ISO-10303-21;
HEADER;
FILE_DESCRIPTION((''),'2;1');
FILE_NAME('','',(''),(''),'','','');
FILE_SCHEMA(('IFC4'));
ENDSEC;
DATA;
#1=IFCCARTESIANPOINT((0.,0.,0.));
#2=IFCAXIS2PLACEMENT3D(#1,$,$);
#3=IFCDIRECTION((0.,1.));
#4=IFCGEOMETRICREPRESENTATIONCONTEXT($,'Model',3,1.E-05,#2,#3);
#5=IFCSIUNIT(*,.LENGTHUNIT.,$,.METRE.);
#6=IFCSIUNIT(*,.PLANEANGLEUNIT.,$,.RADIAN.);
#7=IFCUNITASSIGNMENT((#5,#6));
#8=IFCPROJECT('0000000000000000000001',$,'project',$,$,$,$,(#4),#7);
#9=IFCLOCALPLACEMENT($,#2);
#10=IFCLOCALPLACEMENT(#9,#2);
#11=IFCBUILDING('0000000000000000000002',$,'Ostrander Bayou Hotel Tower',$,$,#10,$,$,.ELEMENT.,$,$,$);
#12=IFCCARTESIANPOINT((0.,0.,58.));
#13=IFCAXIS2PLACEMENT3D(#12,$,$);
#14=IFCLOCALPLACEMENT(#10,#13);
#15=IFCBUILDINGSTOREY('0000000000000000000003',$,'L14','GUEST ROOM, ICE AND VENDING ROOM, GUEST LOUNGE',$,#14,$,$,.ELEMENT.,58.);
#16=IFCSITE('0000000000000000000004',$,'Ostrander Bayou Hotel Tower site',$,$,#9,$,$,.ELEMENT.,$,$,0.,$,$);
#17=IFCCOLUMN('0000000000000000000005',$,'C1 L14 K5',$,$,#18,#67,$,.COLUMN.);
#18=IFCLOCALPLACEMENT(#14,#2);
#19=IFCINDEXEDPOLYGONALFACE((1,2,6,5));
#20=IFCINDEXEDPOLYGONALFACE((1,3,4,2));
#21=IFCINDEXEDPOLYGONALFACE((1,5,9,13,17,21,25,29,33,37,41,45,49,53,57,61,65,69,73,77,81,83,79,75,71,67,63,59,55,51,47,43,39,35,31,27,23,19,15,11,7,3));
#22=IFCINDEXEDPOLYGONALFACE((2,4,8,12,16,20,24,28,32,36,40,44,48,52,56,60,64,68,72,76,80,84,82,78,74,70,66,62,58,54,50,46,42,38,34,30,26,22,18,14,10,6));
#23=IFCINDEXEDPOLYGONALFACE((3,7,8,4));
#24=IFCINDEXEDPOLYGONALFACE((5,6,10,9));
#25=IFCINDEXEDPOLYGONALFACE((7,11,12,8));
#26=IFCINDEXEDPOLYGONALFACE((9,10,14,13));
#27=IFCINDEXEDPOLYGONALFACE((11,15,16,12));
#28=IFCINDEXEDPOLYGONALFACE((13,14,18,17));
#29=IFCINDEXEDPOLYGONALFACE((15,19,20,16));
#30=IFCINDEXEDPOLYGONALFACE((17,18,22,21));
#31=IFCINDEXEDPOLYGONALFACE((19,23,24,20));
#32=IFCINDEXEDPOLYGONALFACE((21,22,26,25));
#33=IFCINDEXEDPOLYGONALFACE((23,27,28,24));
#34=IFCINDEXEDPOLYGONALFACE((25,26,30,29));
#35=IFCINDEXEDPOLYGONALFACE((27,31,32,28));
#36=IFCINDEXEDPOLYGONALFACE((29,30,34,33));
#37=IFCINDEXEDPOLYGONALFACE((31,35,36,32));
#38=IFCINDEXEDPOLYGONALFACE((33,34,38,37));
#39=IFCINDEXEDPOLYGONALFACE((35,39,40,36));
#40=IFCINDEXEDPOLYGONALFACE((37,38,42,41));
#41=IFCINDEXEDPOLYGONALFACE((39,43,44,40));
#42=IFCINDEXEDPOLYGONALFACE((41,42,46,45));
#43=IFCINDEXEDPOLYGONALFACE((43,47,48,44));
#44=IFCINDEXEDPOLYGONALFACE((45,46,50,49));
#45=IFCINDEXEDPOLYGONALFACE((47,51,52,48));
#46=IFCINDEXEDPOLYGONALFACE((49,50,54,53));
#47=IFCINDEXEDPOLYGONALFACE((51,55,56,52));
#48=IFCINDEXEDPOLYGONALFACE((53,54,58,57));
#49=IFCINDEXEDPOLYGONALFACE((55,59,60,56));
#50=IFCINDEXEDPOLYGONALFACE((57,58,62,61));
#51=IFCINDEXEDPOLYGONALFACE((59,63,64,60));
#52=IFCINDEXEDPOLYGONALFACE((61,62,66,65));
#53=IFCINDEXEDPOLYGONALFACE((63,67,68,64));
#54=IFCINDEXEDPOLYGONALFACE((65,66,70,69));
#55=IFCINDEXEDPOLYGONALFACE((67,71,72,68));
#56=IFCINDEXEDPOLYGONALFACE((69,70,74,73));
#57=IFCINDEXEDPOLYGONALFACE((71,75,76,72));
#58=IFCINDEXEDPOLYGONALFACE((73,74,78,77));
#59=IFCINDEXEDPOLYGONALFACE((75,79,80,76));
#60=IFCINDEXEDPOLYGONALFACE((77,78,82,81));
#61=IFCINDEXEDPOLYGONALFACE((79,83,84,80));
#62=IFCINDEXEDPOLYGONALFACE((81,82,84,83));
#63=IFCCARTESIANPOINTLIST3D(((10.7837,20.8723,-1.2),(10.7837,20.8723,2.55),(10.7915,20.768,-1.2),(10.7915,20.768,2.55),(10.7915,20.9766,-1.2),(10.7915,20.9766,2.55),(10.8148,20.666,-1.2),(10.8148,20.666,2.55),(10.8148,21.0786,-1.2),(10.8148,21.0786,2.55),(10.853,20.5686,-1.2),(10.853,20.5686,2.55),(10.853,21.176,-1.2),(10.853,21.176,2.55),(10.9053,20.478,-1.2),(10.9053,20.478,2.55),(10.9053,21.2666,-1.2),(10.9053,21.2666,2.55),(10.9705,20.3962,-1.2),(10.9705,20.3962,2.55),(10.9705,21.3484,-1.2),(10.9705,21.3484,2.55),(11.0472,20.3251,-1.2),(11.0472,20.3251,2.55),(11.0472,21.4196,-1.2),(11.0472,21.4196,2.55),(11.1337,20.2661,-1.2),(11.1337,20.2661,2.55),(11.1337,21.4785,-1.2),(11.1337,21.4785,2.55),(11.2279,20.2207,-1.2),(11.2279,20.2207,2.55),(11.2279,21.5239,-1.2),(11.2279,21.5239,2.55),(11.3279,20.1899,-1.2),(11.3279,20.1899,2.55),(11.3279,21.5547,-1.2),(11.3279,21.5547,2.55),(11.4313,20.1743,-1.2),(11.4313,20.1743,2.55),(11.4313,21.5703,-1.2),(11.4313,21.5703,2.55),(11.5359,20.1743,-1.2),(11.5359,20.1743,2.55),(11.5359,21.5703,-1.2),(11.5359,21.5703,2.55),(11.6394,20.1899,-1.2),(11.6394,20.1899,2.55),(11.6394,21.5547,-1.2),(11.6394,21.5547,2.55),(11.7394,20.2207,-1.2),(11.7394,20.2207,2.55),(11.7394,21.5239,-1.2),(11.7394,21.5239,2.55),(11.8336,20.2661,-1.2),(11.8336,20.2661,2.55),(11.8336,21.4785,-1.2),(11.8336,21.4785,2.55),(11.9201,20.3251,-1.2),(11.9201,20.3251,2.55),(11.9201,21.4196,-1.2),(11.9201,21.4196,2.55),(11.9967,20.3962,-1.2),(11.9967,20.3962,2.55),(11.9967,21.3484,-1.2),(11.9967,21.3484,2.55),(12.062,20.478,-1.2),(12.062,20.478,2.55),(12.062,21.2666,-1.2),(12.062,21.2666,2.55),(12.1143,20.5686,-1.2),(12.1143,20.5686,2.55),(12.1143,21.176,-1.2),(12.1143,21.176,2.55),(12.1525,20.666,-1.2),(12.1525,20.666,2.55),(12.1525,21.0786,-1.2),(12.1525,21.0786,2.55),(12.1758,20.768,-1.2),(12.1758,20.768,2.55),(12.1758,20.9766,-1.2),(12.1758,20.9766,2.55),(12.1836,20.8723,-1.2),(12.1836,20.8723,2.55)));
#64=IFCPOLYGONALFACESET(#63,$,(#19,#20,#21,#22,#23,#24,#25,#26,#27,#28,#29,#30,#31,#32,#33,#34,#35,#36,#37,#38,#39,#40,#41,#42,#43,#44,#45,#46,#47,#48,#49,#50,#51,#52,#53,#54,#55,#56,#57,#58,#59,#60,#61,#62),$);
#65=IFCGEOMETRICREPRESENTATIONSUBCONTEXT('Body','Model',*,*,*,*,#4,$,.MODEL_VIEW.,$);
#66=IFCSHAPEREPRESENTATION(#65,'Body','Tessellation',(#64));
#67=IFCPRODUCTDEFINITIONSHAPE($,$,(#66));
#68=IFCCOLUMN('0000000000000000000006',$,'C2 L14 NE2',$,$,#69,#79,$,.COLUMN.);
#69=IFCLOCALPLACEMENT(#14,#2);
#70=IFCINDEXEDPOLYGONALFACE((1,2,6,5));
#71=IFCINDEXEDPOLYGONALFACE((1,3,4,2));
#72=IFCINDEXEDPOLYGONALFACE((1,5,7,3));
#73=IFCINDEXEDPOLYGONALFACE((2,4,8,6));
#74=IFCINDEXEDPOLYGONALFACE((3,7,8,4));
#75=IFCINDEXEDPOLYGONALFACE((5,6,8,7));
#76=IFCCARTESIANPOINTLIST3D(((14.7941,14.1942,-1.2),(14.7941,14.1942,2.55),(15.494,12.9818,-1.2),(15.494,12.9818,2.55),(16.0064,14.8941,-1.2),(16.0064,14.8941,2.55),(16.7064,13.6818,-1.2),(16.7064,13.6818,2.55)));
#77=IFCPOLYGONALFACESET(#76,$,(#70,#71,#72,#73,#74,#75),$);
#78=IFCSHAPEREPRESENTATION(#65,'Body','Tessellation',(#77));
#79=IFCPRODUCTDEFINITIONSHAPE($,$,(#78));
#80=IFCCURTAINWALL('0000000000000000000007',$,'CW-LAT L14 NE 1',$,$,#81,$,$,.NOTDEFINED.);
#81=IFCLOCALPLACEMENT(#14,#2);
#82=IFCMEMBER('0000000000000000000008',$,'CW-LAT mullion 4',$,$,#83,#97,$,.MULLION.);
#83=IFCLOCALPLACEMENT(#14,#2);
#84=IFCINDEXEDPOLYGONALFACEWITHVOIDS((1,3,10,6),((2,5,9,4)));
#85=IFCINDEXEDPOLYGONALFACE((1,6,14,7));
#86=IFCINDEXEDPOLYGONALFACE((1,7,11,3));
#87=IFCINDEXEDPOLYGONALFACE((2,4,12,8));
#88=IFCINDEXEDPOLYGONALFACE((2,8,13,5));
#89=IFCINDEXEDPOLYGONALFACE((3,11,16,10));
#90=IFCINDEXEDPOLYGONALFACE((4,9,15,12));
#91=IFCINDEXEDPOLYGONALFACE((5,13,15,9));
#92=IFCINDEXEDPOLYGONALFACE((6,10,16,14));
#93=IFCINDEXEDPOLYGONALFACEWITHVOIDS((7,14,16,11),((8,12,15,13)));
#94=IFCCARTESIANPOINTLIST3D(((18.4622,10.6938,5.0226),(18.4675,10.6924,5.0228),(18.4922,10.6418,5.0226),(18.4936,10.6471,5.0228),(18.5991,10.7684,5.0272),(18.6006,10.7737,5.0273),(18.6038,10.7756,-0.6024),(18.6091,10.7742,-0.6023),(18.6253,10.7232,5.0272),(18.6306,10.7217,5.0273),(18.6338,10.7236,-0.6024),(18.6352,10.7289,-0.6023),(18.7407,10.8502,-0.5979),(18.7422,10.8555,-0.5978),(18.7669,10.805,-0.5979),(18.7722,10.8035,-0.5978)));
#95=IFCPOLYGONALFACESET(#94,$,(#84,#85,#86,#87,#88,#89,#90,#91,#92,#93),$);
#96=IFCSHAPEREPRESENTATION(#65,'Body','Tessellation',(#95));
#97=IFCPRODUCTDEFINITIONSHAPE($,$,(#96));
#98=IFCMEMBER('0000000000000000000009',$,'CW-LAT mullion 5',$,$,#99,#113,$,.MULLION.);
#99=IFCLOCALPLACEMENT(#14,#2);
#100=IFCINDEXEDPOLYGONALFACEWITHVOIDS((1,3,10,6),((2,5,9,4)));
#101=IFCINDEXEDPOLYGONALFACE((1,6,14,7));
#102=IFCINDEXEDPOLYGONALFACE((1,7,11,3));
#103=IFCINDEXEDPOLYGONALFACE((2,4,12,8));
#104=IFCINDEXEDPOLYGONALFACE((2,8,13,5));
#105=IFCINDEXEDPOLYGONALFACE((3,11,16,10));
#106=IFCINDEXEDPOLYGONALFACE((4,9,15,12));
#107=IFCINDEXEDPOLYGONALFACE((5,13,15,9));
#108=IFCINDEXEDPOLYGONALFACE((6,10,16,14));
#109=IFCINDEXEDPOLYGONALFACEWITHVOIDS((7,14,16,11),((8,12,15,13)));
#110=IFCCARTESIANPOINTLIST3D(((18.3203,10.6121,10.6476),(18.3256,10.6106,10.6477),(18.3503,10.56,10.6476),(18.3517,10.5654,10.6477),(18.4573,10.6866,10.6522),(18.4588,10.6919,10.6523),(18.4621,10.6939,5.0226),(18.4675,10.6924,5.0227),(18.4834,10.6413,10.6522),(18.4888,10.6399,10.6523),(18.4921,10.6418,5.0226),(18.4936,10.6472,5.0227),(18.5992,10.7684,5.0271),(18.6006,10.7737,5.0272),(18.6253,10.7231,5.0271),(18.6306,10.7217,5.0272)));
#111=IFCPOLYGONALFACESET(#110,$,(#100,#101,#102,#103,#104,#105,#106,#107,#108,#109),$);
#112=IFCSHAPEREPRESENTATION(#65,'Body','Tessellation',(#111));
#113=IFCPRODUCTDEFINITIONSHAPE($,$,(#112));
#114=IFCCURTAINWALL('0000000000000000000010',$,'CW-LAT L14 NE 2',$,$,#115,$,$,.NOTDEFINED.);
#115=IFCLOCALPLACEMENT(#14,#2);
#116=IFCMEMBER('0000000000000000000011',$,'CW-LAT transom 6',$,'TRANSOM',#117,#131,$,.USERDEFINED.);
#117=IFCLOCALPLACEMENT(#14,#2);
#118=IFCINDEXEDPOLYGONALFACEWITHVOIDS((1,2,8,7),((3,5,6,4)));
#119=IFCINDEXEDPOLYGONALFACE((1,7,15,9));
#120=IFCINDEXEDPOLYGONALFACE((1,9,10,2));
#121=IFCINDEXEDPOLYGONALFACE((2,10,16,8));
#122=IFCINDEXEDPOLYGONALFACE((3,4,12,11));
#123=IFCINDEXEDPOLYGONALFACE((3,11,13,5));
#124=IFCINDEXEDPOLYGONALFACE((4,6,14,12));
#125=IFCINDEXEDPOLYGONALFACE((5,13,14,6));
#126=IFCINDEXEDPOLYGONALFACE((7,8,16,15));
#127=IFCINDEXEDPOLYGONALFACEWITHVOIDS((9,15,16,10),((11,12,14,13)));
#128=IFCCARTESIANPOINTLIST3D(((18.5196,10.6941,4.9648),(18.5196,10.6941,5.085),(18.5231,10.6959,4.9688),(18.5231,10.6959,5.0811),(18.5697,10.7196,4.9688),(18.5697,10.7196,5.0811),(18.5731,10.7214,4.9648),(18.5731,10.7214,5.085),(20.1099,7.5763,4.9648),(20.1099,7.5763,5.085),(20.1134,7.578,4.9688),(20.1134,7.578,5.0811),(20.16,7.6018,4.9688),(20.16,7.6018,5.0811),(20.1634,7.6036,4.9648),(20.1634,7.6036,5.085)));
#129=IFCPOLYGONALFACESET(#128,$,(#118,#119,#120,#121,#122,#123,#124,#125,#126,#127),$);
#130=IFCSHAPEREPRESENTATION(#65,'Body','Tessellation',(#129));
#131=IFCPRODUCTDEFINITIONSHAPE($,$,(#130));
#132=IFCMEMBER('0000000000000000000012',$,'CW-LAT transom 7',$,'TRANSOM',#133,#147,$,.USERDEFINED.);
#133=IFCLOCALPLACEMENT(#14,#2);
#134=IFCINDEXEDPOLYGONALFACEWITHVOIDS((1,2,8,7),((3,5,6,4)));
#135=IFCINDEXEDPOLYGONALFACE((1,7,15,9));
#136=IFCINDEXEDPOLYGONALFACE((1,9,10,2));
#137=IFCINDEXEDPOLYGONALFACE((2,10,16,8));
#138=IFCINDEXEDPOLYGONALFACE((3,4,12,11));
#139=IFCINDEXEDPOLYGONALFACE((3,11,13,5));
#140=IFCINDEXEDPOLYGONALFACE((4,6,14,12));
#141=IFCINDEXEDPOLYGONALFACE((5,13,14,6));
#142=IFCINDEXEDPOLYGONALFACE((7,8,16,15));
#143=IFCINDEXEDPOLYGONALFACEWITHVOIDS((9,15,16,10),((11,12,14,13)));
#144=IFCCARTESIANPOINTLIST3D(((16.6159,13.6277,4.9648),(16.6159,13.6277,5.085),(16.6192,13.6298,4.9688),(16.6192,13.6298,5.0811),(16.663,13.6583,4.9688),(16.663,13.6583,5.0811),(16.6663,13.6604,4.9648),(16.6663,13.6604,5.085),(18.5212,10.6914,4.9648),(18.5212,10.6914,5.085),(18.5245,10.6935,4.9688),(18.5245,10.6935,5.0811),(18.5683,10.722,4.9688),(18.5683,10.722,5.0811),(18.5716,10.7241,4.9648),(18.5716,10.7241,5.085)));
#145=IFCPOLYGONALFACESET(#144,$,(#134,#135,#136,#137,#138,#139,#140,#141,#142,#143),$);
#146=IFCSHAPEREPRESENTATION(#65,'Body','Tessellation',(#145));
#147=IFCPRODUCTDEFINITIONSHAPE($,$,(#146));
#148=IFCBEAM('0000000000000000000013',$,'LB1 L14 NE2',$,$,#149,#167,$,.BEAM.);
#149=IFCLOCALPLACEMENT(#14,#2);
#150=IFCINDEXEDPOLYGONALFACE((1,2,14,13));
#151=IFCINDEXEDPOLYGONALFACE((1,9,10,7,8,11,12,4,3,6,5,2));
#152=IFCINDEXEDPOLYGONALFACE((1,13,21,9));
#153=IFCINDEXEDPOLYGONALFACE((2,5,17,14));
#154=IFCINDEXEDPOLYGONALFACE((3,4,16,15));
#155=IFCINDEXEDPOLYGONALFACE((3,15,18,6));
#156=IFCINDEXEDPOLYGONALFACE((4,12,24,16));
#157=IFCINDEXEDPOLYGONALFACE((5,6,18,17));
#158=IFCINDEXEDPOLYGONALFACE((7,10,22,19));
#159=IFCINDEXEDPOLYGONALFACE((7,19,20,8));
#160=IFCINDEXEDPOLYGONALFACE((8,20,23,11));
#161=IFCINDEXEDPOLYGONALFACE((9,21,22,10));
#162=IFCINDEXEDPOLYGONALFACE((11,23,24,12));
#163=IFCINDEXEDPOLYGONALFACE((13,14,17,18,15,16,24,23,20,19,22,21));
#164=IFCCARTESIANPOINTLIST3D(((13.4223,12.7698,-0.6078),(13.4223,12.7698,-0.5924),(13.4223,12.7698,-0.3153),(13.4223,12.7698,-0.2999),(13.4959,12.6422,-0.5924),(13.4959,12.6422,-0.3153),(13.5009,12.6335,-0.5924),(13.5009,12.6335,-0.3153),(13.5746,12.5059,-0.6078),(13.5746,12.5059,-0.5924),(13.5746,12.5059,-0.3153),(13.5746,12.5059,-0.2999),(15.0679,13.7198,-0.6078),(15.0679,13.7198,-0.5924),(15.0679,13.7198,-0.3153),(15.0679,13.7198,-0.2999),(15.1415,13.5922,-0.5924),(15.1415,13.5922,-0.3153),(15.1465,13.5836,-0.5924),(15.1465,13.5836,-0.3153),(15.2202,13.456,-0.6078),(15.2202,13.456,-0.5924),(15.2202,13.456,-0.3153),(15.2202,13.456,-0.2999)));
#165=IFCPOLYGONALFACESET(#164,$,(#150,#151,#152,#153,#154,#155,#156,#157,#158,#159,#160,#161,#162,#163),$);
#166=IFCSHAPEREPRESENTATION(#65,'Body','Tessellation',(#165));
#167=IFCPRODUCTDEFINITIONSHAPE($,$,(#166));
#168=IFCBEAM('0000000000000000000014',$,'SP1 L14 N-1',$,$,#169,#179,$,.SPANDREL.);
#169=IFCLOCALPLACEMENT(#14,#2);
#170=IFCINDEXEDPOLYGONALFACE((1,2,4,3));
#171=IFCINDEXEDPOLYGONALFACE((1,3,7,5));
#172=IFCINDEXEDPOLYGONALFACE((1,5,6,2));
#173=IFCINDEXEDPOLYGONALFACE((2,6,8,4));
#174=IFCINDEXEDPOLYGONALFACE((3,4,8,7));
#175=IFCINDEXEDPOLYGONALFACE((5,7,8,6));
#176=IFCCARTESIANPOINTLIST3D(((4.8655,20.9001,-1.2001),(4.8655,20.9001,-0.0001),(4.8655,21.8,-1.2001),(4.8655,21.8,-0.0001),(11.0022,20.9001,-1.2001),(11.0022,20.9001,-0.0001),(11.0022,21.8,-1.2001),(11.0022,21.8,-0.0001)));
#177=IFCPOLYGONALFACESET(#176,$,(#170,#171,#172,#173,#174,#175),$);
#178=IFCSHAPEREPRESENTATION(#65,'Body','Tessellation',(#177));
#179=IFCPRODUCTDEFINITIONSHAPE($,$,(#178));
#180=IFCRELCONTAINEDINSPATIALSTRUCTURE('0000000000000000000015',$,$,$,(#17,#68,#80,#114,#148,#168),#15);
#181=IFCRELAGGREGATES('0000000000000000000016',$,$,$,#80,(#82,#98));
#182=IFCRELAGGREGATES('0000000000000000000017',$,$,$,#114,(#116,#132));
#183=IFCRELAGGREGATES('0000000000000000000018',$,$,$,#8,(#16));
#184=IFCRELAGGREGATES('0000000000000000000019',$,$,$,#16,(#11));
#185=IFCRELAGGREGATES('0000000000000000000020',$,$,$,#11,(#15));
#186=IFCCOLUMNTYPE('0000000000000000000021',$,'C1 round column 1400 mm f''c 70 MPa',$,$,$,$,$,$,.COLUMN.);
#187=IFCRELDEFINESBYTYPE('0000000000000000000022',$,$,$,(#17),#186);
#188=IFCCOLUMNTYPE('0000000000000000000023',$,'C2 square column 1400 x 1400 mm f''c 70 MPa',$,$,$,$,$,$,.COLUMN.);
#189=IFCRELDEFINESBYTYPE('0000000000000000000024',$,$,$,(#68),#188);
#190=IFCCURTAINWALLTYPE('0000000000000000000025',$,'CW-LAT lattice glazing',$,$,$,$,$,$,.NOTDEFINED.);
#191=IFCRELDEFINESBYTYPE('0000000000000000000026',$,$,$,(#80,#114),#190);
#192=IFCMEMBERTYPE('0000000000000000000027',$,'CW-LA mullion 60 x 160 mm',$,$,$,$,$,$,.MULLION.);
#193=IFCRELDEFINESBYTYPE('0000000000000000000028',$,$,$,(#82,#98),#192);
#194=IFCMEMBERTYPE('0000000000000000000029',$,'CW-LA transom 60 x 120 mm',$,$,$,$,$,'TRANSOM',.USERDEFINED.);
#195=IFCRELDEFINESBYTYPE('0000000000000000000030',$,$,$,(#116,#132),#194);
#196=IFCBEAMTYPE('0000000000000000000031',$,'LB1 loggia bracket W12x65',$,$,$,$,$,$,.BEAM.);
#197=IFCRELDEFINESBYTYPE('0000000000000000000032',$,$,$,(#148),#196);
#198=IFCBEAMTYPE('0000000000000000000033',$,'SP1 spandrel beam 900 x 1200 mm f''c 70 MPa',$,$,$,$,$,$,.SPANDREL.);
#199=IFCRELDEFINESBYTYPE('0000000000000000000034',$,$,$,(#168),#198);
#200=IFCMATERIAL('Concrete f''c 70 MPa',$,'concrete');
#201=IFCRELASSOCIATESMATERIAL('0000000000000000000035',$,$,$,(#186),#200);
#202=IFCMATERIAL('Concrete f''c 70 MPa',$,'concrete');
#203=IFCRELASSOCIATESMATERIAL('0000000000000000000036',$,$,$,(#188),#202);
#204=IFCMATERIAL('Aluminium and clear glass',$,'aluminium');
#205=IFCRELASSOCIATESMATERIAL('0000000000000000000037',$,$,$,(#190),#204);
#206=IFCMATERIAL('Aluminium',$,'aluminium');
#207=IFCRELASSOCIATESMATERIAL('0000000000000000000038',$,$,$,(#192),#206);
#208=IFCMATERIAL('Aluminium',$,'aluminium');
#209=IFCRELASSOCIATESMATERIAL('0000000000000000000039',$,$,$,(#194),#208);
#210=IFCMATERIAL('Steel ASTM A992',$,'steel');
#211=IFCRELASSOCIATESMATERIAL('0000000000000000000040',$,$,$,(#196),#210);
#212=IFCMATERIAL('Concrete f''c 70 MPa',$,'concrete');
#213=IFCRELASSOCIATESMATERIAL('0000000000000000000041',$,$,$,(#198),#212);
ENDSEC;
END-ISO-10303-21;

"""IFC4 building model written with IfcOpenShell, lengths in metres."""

from ifc_helpers import new_model, si_unit, direction, frame, origin, origin_2d, place, context, subcontext, project, spatial, rectangle, hollow_rectangle, circle, i_section, extrude, material, material_profile, profile_set, type_object, element, aggregate, save


model = new_model("IFC4")

# Units and contexts
model_context = context("Model", 3, precision=1e-05, world=origin(), true_north=direction((0.0, 1.0)))
body_context = subcontext(model_context, "Body", "Model", "MODEL_VIEW")
ifc_project = project(units=[si_unit("LENGTHUNIT", "METRE"), si_unit("PLANEANGLEUNIT", "RADIAN")], contexts=[model_context])

# Site, building, storey
site_placement = place(None, origin())
site = spatial("IfcSite", under=ifc_project, at=site_placement, Name="Ostrander Bayou Hotel Tower site", CompositionType="ELEMENT", RefElevation=0.0)
building_placement = place(site_placement, origin())
building = spatial("IfcBuilding", under=site, at=building_placement, Name="Ostrander Bayou Hotel Tower", CompositionType="ELEMENT")
storey_placement = place(building_placement, frame((0.0, 0.0, 58.0)))
storey = spatial("IfcBuildingStorey", under=building, at=storey_placement, Name="L14", Description="GUEST ROOM, ICE AND VENDING ROOM, GUEST LOUNGE", CompositionType="ELEMENT", Elevation=58.0)

# Columns
ifc_material_1 = material(Name="Concrete f'c 70 MPa", Category="concrete")
ifc_material_profile_1 = material_profile(ifc_material_1, circle(Radius=0.7, at=origin_2d()))
ifc_profile_set_1 = profile_set([ifc_material_profile_1], Name="Concrete f'c 70 MPa")
column_type_1 = type_object("IfcColumnType", Name="C1 round column 1400 mm f'c 70 MPa", PredefinedType="COLUMN", material=ifc_profile_set_1)
column_1_placement = place(storey_placement, frame((11.4836, 20.8723, -1.2), z_axis=(0.0, 0.0, 1.0), x_axis=(1.0, 0.0, 0.0)))
element("IfcColumn", 1, at=column_1_placement, inside=storey, type_object=column_type_1, Name="C1 L14 K5", PredefinedType="COLUMN", context=body_context, shape_type="SweptSolid", body=[
    extrude(circle(Radius=0.7, at=origin_2d()), origin(), (0.0, 0.0, 1.0), 3.75),
])
ifc_material_2 = material(Name="Concrete f'c 70 MPa", Category="concrete")
ifc_material_profile_2 = material_profile(ifc_material_2, rectangle(XDim=1.3999, YDim=1.3999, at=origin_2d()))
ifc_profile_set_2 = profile_set([ifc_material_profile_2], Name="Concrete f'c 70 MPa")
column_type_2 = type_object("IfcColumnType", Name="C2 square column 1400 x 1400 mm f'c 70 MPa", PredefinedType="COLUMN", material=ifc_profile_set_2)
column_2_placement = place(storey_placement, frame((15.7502, 13.938, -1.2), z_axis=(0.0, 0.0, 1.0), x_axis=(0.5, -0.866025, 0.0)))
element("IfcColumn", 2, at=column_2_placement, inside=storey, type_object=column_type_2, Name="C2 L14 NE2", PredefinedType="COLUMN", context=body_context, shape_type="SweptSolid", body=[
    extrude(rectangle(XDim=1.3999, YDim=1.3999, at=origin_2d()), origin(), (0.0, 0.0, 1.0), 3.75),
])

# Curtain walls, members
ifc_material_3 = material(Name="Aluminium and clear glass", Category="aluminium")
curtain_wall_type = type_object("IfcCurtainWallType", Name="CW-LAT lattice glazing", PredefinedType="NOTDEFINED", material=ifc_material_3)
curtain_wall_1_placement = place(storey_placement, origin())
curtain_wall_1 = element("IfcCurtainWall", 3, at=curtain_wall_1_placement, inside=storey, type_object=curtain_wall_type, Name="CW-LAT L14 NE 1", PredefinedType="NOTDEFINED")
ifc_material_4 = material(Name="Aluminium", Category="aluminium")
ifc_material_profile_3 = material_profile(ifc_material_4, hollow_rectangle(XDim=0.0601, YDim=0.1599, WallThickness=0.0039, at=origin_2d()))
ifc_profile_set_3 = profile_set([ifc_material_profile_3], Name="Aluminium")
member_type_1 = type_object("IfcMemberType", Name="CW-LA mullion 60 x 160 mm", PredefinedType="MULLION", material=ifc_profile_set_3)
member_1_placement = place(storey_placement, frame((18.688, 10.7896, -0.6001), z_axis=(-0.025163, -0.014534, 0.999578), x_axis=(0.500153, -0.865937, 0.0)))
member_1 = element("IfcMember", 4, at=member_1_placement, type_object=member_type_1, Name="CW-LAT mullion 4", PredefinedType="MULLION", context=body_context, shape_type="SweptSolid", body=[
    extrude(hollow_rectangle(XDim=0.0601, YDim=0.1599, WallThickness=0.0039, at=origin_2d()), origin(), (0.0, 0.0, 1.0), 5.6274),
])
member_2_placement = place(storey_placement, frame((18.5464, 10.7078, 5.0249), z_axis=(-0.025206, -0.014534, 0.999577), x_axis=(0.499507, -0.86631, 0.0)))
member_2 = element("IfcMember", 5, at=member_2_placement, type_object=member_type_1, Name="CW-LAT mullion 5", PredefinedType="MULLION", context=body_context, shape_type="SweptSolid", body=[
    extrude(hollow_rectangle(XDim=0.0601, YDim=0.1599, WallThickness=0.0039, at=origin_2d()), origin(), (0.0, 0.0, 1.0), 5.6274),
])
curtain_wall_2_placement = place(storey_placement, origin())
curtain_wall_2 = element("IfcCurtainWall", 6, at=curtain_wall_2_placement, inside=storey, type_object=curtain_wall_type, Name="CW-LAT L14 NE 2", PredefinedType="NOTDEFINED")
ifc_material_5 = material(Name="Aluminium", Category="aluminium")
ifc_material_profile_4 = material_profile(ifc_material_5, hollow_rectangle(XDim=0.0601, YDim=0.1201, WallThickness=0.0039, at=origin_2d()))
ifc_profile_set_4 = profile_set([ifc_material_profile_4], Name="Aluminium")
member_type_2 = type_object("IfcMemberType", Name="CW-LA transom 60 x 120 mm", ElementType="TRANSOM", PredefinedType="USERDEFINED", material=ifc_profile_set_4)
member_3_placement = place(storey_placement, frame((18.5464, 10.7078, 5.0249), z_axis=(0.45437, -0.890813, 0.0), x_axis=(0.890813, 0.45437, 0.0)))
member_3 = element("IfcMember", 7, at=member_3_placement, type_object=member_type_2, Name="CW-LAT transom 6", ObjectType="TRANSOM", PredefinedType="USERDEFINED", context=body_context, shape_type="SweptSolid", body=[
    extrude(hollow_rectangle(XDim=0.0601, YDim=0.1201, WallThickness=0.0039, at=origin_2d()), origin(), (0.0, 0.0, 1.0), 3.5),
])
member_4_placement = place(storey_placement, frame((18.5464, 10.7078, 5.0249), z_axis=(-0.544324, 0.838875, 0.0), x_axis=(-0.838875, -0.544324, 0.0)))
member_4 = element("IfcMember", 8, at=member_4_placement, type_object=member_type_2, Name="CW-LAT transom 7", ObjectType="TRANSOM", PredefinedType="USERDEFINED", context=body_context, shape_type="SweptSolid", body=[
    extrude(hollow_rectangle(XDim=0.0601, YDim=0.1201, WallThickness=0.0039, at=origin_2d()), origin(), (0.0, 0.0, 1.0), 3.5002),
])

# Beams
ifc_material_6 = material(Name="Steel ASTM A992", Category="steel")
ifc_material_profile_5 = material_profile(ifc_material_6, i_section(OverallWidth=0.3047, OverallDepth=0.3079, WebThickness=0.01, FlangeThickness=0.0154, at=origin_2d()))
ifc_profile_set_5 = profile_set([ifc_material_profile_5], Name="Steel ASTM A992")
beam_type_1 = type_object("IfcBeamType", Name="LB1 loggia bracket W12x65", PredefinedType="BEAM", material=ifc_profile_set_5)
beam_1_placement = place(storey_placement, frame((15.144, 13.5879, -0.4539), z_axis=(-0.866044, -0.499967, 0.0), x_axis=(0.499967, -0.866044, 0.0)))
element("IfcBeam", 9, at=beam_1_placement, inside=storey, type_object=beam_type_1, Name="LB1 L14 NE2", PredefinedType="BEAM", context=body_context, shape_type="SweptSolid", body=[
    extrude(i_section(OverallWidth=0.3047, OverallDepth=0.3079, WebThickness=0.01, FlangeThickness=0.0154, at=origin_2d()), origin(), (0.0, 0.0, 1.0), 1.9001),
])
ifc_material_7 = material(Name="Concrete f'c 70 MPa", Category="concrete")
ifc_material_profile_6 = material_profile(ifc_material_7, rectangle(XDim=0.8999, YDim=1.2, at=origin_2d()))
ifc_profile_set_6 = profile_set([ifc_material_profile_6], Name="Concrete f'c 70 MPa")
beam_type_2 = type_object("IfcBeamType", Name="SP1 spandrel beam 900 x 1200 mm f'c 70 MPa", PredefinedType="SPANDREL", material=ifc_profile_set_6)
beam_2_placement = place(storey_placement, frame((11.0022, 21.3501, -0.6001), z_axis=(-1.0, 0.0, 0.0), x_axis=(0.0, -1.0, 0.0)))
element("IfcBeam", 10, at=beam_2_placement, inside=storey, type_object=beam_type_2, Name="SP1 L14 N-1", PredefinedType="SPANDREL", context=body_context, shape_type="SweptSolid", body=[
    extrude(rectangle(XDim=0.8999, YDim=1.2, at=origin_2d()), origin(), (0.0, 0.0, 1.0), 6.1367),
])

aggregate(curtain_wall_1, [member_1, member_2])
aggregate(curtain_wall_2, [member_3, member_4])

save(model, "model.ifc")
